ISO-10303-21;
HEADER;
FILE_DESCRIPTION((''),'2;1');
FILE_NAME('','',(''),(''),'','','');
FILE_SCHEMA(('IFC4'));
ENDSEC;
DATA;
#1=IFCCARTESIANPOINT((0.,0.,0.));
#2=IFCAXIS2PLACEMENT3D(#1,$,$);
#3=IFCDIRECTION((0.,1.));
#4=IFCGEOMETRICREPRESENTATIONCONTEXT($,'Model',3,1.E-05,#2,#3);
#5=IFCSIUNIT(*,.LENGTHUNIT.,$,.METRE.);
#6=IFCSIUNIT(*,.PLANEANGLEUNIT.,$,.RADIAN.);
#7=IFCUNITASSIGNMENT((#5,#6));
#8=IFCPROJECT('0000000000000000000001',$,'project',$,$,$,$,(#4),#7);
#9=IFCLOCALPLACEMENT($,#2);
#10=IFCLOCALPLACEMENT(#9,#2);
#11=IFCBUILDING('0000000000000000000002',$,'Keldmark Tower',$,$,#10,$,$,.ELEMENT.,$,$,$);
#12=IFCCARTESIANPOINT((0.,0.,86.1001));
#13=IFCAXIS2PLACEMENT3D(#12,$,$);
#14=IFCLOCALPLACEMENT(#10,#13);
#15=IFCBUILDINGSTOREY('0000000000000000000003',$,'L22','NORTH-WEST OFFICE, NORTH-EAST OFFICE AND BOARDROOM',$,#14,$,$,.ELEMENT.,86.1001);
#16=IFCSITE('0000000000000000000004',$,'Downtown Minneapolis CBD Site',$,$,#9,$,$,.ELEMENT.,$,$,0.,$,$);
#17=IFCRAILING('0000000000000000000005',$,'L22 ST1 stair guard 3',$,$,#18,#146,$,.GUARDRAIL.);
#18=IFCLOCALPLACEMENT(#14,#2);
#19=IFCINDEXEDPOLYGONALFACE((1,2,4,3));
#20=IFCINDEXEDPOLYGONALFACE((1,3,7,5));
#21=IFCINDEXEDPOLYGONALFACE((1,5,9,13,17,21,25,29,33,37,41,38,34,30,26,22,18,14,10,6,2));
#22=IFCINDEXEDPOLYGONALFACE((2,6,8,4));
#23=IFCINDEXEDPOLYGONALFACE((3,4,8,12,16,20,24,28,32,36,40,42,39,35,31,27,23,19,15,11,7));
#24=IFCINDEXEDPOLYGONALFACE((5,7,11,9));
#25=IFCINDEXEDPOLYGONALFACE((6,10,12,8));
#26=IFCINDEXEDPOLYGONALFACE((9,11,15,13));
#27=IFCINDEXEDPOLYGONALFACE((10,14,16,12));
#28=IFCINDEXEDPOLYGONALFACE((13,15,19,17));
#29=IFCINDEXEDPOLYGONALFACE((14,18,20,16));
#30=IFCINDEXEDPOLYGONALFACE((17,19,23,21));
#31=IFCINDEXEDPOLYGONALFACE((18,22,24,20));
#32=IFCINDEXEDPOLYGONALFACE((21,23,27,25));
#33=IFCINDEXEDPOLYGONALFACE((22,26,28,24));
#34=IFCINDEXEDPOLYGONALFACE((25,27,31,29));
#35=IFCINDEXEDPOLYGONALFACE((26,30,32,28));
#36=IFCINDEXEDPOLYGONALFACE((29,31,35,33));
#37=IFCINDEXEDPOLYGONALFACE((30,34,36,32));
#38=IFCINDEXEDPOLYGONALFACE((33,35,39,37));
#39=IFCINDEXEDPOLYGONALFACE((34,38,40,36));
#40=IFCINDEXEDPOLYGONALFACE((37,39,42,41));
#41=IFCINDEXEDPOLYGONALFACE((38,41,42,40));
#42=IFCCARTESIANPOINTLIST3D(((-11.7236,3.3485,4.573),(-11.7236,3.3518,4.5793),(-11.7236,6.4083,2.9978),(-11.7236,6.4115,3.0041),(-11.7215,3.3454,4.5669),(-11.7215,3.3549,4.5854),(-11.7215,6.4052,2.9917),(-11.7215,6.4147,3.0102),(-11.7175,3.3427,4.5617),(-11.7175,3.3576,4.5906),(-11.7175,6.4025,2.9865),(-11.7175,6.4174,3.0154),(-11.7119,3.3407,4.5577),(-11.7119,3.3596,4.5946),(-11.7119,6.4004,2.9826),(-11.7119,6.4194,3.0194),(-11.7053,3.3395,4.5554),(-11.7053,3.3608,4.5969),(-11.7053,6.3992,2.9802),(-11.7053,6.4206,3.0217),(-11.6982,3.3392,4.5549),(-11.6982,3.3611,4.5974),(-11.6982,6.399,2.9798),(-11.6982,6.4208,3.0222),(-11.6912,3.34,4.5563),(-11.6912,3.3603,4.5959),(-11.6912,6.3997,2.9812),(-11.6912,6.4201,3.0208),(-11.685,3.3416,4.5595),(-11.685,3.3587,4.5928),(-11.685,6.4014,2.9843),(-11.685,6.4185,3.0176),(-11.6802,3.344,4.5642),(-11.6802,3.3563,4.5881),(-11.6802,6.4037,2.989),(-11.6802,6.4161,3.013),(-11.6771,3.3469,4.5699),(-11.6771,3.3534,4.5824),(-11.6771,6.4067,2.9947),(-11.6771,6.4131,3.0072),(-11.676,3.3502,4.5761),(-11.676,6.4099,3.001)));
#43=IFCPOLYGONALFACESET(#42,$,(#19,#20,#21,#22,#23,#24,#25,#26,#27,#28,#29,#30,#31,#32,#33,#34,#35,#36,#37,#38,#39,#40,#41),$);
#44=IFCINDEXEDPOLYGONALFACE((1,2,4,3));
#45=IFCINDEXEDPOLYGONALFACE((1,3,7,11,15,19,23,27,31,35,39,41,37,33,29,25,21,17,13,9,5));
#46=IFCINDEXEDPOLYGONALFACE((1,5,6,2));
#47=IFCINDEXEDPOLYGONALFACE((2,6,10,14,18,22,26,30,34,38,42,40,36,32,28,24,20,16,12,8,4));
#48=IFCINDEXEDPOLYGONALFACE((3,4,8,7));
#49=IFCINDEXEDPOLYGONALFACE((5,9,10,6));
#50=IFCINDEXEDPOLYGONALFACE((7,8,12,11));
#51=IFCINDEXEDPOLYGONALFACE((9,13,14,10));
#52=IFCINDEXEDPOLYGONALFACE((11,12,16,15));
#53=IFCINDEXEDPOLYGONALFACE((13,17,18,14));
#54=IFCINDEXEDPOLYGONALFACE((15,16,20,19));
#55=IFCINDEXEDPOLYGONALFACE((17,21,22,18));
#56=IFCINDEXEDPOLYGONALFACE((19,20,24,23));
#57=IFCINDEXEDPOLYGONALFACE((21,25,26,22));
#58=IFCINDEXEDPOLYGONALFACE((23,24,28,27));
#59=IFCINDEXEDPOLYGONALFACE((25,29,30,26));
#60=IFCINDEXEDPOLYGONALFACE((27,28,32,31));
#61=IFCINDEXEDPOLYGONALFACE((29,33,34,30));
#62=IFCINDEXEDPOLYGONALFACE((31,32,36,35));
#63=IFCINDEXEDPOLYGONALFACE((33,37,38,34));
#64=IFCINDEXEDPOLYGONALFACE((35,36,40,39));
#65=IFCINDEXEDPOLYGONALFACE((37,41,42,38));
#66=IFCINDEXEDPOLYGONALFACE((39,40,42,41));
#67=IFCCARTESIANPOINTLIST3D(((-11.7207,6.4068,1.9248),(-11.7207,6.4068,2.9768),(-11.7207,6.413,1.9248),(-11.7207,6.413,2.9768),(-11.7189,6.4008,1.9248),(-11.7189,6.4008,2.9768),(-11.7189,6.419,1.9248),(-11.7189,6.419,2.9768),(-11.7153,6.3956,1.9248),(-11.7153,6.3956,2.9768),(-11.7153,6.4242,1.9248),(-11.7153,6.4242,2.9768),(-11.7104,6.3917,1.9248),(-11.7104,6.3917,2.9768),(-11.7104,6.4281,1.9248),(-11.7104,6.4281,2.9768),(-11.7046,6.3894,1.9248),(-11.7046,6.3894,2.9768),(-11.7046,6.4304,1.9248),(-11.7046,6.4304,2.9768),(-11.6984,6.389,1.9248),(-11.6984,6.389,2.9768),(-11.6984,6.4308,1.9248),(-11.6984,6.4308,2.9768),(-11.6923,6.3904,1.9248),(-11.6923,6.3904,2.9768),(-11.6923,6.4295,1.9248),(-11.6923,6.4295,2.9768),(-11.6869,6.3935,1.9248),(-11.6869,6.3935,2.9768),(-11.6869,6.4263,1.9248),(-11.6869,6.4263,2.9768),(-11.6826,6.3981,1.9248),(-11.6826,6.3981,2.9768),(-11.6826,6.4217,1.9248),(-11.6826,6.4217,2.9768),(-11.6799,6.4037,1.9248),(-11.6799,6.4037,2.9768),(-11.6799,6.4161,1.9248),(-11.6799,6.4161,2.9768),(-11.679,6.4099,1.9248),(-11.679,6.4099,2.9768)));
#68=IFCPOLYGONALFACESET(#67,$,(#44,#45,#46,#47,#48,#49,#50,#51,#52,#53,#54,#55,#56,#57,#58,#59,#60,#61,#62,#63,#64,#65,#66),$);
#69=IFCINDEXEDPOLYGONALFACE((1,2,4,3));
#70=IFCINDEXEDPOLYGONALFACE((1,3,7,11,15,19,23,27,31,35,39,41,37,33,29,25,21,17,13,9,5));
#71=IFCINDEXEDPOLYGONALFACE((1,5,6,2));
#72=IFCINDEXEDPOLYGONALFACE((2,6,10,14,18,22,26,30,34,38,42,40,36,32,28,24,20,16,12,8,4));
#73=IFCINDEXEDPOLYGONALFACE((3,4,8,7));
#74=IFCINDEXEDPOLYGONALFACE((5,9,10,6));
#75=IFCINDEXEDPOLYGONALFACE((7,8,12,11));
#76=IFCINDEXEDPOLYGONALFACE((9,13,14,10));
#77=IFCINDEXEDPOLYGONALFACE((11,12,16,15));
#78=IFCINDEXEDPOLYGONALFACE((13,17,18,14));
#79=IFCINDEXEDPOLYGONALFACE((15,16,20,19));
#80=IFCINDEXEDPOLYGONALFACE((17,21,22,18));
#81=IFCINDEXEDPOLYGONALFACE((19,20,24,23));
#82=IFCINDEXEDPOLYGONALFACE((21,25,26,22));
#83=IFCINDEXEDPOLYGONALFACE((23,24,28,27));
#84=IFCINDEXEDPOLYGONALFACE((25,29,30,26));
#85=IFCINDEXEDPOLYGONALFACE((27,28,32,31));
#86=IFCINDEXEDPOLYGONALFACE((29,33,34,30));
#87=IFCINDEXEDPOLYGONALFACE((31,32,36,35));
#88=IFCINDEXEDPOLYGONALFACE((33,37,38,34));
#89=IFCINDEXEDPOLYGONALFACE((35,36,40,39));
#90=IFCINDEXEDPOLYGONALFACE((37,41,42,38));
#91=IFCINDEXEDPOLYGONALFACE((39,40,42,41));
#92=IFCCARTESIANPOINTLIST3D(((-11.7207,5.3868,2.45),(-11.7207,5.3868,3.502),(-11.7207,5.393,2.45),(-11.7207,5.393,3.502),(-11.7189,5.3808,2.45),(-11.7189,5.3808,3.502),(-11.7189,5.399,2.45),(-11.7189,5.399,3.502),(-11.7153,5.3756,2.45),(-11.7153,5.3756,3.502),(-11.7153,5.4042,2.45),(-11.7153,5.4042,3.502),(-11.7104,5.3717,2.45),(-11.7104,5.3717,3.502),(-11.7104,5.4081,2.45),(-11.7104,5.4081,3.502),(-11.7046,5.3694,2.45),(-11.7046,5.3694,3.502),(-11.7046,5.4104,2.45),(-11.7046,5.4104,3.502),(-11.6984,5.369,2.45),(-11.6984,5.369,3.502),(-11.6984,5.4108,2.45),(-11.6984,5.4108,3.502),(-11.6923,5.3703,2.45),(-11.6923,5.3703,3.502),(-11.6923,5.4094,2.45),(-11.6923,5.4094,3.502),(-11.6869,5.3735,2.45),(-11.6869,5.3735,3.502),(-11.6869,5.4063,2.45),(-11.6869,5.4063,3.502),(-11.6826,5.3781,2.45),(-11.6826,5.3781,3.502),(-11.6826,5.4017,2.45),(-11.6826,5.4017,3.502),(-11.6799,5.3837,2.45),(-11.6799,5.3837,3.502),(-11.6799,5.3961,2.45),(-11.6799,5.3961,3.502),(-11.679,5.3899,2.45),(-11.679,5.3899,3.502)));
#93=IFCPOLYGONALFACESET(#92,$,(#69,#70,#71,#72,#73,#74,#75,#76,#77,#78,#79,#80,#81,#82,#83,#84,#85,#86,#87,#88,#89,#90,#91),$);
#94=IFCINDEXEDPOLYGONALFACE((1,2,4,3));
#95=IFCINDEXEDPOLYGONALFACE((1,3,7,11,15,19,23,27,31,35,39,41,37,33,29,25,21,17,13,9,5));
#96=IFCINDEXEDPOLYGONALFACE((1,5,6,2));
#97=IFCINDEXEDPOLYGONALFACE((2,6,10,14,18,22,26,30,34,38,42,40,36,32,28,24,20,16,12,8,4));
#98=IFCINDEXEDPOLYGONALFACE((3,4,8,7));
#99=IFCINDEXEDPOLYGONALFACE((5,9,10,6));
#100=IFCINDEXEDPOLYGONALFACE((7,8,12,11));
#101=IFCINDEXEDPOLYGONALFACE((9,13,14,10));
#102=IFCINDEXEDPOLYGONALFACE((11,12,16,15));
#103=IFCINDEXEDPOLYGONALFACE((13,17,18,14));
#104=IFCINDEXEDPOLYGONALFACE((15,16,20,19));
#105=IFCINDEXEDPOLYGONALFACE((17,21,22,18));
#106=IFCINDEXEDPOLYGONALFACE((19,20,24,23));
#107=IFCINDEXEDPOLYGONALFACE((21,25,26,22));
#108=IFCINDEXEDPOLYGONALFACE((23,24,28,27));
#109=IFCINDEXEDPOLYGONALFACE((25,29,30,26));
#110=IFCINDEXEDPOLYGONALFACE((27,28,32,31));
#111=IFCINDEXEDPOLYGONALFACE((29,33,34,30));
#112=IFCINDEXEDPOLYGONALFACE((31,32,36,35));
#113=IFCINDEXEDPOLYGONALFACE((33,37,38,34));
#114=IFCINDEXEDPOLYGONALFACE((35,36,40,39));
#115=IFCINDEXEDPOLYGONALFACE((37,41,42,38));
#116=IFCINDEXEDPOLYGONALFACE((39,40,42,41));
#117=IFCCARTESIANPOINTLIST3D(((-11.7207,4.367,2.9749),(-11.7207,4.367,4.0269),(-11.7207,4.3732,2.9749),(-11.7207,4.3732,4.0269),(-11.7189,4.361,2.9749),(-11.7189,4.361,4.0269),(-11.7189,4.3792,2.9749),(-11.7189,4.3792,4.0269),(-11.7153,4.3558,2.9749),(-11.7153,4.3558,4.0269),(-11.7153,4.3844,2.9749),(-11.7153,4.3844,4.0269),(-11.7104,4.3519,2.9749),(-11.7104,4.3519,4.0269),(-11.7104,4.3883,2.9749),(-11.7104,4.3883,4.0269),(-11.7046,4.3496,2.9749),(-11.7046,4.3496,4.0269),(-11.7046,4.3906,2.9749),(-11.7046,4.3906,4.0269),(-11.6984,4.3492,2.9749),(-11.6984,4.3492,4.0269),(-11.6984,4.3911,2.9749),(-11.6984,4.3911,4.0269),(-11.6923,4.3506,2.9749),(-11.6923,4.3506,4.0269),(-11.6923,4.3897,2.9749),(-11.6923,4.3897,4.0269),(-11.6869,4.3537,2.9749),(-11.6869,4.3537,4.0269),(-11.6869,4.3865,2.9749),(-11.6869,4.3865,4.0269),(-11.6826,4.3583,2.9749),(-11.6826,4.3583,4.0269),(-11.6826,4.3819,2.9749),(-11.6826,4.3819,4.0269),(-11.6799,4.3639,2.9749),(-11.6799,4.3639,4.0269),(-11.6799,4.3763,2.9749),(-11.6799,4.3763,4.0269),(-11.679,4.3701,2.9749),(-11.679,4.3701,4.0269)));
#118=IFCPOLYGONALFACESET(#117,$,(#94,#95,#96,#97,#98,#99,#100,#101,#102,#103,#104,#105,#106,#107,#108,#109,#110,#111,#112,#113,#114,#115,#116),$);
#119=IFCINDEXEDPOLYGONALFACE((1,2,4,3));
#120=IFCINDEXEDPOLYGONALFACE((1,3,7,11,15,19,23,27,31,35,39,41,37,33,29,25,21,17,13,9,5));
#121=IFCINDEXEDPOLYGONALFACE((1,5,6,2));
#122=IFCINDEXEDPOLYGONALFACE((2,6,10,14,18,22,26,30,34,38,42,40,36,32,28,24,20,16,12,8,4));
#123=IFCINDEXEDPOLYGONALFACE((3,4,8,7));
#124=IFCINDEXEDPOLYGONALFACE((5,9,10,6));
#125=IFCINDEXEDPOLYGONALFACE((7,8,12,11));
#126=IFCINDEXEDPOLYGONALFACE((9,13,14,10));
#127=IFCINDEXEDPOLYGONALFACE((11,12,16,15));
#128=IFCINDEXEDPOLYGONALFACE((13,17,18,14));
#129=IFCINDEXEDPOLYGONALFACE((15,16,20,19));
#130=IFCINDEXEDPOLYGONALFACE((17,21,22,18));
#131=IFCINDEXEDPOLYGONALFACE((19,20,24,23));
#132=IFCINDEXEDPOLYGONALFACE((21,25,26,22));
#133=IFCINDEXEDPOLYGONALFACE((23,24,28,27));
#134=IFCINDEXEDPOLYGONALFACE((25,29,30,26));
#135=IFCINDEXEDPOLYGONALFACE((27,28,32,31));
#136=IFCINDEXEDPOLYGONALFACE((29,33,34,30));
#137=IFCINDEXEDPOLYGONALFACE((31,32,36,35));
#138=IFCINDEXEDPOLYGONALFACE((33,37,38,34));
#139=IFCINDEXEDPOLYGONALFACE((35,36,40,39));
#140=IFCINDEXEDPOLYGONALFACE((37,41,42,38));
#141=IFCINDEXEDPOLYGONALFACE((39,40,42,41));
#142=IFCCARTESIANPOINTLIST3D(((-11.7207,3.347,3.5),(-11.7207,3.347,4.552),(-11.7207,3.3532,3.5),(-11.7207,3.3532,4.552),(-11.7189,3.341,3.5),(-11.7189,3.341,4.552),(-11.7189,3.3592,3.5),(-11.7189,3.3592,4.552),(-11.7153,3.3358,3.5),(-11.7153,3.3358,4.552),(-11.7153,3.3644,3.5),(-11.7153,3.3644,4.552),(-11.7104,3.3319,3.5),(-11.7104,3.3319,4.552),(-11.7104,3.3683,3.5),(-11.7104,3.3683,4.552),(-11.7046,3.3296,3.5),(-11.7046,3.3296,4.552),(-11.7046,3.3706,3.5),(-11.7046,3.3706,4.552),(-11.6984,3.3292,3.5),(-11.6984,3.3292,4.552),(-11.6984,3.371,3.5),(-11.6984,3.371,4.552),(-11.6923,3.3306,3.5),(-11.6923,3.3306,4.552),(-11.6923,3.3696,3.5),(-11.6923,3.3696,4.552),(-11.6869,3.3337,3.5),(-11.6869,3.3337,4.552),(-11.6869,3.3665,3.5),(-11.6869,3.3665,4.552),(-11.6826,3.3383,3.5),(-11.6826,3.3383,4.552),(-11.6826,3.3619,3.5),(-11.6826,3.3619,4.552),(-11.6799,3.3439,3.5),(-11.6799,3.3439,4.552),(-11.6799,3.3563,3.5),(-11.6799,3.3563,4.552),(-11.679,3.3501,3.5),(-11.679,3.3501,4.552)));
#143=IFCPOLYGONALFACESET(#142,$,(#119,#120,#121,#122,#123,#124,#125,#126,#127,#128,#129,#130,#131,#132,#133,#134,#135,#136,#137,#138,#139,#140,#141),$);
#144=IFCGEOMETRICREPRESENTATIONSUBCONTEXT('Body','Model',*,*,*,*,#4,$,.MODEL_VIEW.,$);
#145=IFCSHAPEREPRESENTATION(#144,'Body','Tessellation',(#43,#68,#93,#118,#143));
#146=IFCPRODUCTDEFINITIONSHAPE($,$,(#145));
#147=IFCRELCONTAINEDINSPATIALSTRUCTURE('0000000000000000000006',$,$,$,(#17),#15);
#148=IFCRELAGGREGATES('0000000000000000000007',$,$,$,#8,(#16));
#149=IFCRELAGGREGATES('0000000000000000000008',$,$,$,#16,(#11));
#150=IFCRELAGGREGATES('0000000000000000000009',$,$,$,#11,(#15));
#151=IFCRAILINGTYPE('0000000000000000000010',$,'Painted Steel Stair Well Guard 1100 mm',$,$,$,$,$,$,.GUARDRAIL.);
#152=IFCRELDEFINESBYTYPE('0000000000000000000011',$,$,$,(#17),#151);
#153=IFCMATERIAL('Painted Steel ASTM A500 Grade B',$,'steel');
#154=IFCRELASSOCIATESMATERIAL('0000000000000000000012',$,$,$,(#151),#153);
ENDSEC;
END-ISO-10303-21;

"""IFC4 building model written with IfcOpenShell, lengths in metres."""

from ifc_helpers import new_model, si_unit, direction, frame, origin, origin_2d, place, context, subcontext, project, spatial, circle, extrude, material, type_object, element, save


model = new_model("IFC4")

# Units and contexts
model_context = context("Model", 3, precision=1e-05, world=origin(), true_north=direction((0.0, 1.0)))
body_context = subcontext(model_context, "Body", "Model", "MODEL_VIEW")
ifc_project = project(units=[si_unit("LENGTHUNIT", "METRE"), si_unit("PLANEANGLEUNIT", "RADIAN")], contexts=[model_context])

# Site, building, storey
site_placement = place(None, origin())
site = spatial("IfcSite", under=ifc_project, at=site_placement, Name="Downtown Minneapolis CBD Site", CompositionType="ELEMENT", RefElevation=0.0)
building_placement = place(site_placement, origin())
building = spatial("IfcBuilding", under=site, at=building_placement, Name="Keldmark Tower", CompositionType="ELEMENT")
storey_placement = place(building_placement, frame((0.0, 0.0, 86.1001)))
storey = spatial("IfcBuildingStorey", under=building, at=storey_placement, Name="L22", Description="NORTH-WEST OFFICE, NORTH-EAST OFFICE AND BOARDROOM", CompositionType="ELEMENT", Elevation=86.1001)

# Railing
ifc_material_1 = material(Name="Painted Steel ASTM A500 Grade B", Category="steel")
railing_type_1 = type_object("IfcRailingType", Name="Painted Steel Stair Well Guard 1100 mm", PredefinedType="GUARDRAIL", material=ifc_material_1)
railing_1_placement = place(storey_placement, frame((-11.7, 6.4099, 1.9248)))
element("IfcRailing", 1, at=railing_1_placement, inside=storey, type_object=railing_type_1, Name="L22 ST1 stair guard 3", PredefinedType="GUARDRAIL", context=body_context, shape_type="SweptSolid", body=[
    extrude(circle(Radius=0.0239, at=origin_2d()), frame((0.0, 0.0, 1.0762), z_axis=(0.0, -0.889101, 0.45771), x_axis=(1.0, 0.0, 0.0)), (0.0, 0.0, 1.0), 3.4414),
    extrude(circle(Radius=0.021, at=origin_2d()), origin(), (0.0, 0.0, 1.0), 1.052),
    extrude(circle(Radius=0.021, at=origin_2d()), frame((0.0, -1.02, 0.5251)), (0.0, 0.0, 1.0), 1.052),
    extrude(circle(Radius=0.021, at=origin_2d()), frame((0.0, -2.0398, 1.05)), (0.0, 0.0, 1.0), 1.052),
    extrude(circle(Radius=0.021, at=origin_2d()), frame((0.0, -3.0598, 1.5752)), (0.0, 0.0, 1.0), 1.052),
])

save(model, "model.ifc")
